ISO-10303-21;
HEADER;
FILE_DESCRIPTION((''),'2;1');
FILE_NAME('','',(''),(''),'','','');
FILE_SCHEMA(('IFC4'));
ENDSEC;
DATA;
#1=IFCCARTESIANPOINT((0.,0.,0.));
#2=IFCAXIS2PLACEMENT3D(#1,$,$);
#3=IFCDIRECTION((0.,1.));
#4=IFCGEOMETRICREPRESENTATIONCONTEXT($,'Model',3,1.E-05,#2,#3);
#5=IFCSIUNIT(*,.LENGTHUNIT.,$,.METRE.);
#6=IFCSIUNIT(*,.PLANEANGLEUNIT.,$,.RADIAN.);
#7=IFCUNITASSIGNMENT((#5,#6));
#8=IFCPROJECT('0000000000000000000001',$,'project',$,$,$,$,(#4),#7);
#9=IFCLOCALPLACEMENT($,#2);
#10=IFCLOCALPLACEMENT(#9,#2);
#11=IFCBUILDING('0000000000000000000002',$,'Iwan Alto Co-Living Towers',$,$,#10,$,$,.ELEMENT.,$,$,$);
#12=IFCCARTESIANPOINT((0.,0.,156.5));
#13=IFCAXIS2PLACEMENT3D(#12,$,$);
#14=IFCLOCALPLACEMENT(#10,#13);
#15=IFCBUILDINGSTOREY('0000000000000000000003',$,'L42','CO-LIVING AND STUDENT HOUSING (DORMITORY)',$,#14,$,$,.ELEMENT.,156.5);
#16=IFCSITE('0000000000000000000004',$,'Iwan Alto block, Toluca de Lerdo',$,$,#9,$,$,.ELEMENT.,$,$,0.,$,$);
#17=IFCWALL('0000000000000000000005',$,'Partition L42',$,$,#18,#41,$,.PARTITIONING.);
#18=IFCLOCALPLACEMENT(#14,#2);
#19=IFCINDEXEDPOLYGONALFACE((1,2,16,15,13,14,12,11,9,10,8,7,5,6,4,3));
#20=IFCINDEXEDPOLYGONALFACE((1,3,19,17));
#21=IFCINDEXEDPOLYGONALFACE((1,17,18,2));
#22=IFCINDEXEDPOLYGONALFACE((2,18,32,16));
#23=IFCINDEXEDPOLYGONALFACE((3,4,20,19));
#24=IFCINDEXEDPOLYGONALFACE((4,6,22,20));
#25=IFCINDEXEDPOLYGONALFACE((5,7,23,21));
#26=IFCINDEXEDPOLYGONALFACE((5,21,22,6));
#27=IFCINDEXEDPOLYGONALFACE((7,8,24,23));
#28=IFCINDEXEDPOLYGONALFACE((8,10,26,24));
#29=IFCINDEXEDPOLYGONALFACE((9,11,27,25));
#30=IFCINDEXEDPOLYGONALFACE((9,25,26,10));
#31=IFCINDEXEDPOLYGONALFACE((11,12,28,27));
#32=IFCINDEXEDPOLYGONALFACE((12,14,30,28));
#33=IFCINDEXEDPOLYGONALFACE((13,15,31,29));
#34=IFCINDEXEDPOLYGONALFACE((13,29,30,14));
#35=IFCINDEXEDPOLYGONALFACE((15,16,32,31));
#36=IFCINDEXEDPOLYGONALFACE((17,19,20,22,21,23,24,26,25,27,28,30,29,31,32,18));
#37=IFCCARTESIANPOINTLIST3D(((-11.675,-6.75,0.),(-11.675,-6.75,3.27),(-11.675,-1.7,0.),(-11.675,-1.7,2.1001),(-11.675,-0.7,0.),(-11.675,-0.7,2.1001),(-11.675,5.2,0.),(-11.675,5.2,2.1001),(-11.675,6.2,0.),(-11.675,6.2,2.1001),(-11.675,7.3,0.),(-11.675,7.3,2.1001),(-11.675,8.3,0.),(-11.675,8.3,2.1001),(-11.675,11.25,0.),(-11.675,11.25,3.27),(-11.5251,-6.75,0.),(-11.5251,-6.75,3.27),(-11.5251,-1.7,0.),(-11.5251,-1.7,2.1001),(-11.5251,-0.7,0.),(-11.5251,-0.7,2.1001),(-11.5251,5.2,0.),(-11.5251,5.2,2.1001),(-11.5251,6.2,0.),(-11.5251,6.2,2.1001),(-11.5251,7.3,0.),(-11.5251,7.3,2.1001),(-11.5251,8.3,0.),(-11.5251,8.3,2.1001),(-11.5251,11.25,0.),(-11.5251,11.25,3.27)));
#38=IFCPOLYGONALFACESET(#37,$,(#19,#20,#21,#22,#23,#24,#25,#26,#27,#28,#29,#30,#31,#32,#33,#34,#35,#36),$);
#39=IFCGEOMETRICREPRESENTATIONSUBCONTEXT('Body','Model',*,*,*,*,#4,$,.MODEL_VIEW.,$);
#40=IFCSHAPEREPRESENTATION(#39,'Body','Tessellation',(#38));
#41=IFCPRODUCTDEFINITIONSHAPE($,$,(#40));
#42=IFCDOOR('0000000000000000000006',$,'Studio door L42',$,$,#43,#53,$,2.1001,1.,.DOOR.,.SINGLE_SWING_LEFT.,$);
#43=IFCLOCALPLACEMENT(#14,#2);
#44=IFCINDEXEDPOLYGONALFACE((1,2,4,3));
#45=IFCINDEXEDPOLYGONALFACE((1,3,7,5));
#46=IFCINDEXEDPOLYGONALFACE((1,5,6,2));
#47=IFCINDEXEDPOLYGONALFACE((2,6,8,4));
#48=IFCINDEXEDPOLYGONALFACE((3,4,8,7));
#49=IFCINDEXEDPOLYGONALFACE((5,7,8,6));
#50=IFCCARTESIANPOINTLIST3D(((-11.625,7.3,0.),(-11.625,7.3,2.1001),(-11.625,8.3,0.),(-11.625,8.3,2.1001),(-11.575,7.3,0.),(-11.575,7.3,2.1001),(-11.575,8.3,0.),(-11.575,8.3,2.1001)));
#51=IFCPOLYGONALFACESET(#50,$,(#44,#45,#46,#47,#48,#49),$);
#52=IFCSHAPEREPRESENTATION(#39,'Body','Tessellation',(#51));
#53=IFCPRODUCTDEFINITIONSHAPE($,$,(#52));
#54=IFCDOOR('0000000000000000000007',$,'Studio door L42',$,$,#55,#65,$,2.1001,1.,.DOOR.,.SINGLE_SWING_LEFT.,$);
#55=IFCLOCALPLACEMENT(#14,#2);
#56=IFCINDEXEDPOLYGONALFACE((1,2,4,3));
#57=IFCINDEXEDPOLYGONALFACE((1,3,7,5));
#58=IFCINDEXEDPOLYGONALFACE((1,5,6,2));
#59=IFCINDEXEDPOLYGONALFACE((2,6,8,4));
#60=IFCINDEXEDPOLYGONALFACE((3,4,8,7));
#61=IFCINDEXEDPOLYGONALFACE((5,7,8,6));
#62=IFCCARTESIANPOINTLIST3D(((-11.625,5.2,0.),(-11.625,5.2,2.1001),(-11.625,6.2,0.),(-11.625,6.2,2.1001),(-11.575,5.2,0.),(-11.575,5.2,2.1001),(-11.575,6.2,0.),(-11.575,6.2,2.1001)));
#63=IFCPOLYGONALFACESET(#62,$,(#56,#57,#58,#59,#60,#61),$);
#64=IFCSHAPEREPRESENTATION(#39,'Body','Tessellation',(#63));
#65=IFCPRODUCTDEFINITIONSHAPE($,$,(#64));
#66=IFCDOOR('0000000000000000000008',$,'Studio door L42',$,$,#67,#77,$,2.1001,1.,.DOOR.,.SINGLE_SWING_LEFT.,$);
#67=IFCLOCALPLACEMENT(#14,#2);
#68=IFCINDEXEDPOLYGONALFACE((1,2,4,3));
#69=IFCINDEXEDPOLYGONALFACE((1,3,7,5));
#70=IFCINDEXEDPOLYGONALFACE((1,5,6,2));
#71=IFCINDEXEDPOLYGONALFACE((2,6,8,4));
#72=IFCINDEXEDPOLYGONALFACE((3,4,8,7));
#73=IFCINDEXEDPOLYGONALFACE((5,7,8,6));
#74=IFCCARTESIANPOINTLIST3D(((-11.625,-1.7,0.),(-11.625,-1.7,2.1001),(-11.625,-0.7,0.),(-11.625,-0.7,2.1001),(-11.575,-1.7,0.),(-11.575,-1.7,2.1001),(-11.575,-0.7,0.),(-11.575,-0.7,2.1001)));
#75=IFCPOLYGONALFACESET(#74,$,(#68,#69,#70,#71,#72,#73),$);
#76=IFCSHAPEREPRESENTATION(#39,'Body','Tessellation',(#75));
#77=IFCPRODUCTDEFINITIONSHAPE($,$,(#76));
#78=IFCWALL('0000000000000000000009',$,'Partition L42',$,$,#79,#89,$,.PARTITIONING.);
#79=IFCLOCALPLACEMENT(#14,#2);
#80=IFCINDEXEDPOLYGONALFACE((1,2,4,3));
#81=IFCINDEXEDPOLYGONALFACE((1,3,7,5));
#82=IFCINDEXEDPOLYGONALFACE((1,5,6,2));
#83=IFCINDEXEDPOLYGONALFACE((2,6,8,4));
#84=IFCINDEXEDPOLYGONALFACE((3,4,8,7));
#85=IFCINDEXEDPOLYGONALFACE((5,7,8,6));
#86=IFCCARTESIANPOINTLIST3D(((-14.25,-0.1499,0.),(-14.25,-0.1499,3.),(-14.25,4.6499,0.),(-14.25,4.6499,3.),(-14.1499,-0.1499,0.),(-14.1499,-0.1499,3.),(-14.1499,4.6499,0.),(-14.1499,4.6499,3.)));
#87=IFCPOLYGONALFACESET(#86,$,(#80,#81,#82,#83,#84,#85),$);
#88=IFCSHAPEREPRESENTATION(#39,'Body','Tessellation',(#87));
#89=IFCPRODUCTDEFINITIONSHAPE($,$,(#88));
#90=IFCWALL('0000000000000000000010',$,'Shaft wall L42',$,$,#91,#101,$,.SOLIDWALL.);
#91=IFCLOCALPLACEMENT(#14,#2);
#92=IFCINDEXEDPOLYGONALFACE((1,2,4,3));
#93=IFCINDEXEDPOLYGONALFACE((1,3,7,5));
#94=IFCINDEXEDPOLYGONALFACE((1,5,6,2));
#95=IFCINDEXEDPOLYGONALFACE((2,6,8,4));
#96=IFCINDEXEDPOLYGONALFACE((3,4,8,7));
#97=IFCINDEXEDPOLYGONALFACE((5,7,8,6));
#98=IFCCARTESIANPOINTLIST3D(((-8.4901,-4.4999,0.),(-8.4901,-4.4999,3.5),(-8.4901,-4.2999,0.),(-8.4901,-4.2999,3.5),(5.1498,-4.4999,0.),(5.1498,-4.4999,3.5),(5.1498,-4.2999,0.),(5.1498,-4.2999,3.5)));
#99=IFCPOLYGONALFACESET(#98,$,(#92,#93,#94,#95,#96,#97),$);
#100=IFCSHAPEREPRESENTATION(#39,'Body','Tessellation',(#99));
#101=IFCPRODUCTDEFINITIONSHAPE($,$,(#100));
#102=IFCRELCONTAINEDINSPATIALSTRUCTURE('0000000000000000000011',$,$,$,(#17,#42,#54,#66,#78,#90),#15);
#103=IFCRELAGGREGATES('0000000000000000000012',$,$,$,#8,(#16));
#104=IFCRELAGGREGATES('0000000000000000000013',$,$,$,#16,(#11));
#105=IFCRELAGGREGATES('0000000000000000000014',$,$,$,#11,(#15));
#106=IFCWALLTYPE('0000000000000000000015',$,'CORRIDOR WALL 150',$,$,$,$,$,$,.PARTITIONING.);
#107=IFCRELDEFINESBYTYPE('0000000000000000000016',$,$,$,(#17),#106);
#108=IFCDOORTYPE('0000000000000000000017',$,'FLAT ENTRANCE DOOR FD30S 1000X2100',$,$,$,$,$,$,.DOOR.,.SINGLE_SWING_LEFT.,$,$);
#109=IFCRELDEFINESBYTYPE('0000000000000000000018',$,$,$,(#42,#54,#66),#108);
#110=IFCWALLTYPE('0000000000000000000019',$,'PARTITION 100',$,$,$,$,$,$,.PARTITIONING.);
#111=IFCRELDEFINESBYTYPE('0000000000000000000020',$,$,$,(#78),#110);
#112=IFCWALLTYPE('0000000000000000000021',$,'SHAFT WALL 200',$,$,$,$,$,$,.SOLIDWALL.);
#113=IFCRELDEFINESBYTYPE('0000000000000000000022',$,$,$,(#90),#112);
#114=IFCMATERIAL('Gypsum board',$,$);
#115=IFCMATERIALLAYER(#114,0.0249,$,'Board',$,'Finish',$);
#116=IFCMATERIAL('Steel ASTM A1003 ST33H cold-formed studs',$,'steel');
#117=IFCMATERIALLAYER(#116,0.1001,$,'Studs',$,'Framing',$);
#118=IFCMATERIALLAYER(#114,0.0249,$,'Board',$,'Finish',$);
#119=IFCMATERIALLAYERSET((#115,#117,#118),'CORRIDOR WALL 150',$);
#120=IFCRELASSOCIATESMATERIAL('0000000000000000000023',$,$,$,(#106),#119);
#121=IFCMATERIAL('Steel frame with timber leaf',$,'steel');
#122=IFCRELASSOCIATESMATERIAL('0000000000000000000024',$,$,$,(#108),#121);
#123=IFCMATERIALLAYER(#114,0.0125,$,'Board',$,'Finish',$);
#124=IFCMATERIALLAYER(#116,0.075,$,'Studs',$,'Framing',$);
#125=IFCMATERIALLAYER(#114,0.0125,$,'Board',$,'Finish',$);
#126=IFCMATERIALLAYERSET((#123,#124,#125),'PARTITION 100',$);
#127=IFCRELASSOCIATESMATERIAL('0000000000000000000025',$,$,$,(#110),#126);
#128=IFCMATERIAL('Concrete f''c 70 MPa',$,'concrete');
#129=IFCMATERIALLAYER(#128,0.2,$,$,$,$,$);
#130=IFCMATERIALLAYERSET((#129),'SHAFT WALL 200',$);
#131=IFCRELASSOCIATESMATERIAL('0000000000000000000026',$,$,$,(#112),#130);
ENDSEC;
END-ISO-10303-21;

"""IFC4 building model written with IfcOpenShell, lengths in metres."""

from ifc_helpers import new_model, si_unit, direction, frame, frame_2d, origin, place, context, subcontext, project, spatial, rectangle, extrude, material, layer, layer_set, type_object, element, fill, save


model = new_model("IFC4")

# Units and contexts
model_context = context("Model", 3, precision=1e-05, world=origin(), true_north=direction((0.0, 1.0)))
body_context = subcontext(model_context, "Body", "Model", "MODEL_VIEW")
ifc_project = project(units=[si_unit("LENGTHUNIT", "METRE"), si_unit("PLANEANGLEUNIT", "RADIAN")], contexts=[model_context])

# Site, building, storey
site_placement = place(None, origin())
site = spatial("IfcSite", under=ifc_project, at=site_placement, Name="Iwan Alto block, Toluca de Lerdo", CompositionType="ELEMENT", RefElevation=0.0)
building_placement = place(site_placement, origin())
building = spatial("IfcBuilding", under=site, at=building_placement, Name="Iwan Alto Co-Living Towers", CompositionType="ELEMENT")
storey_placement = place(building_placement, frame((0.0, 0.0, 156.5)))
storey = spatial("IfcBuildingStorey", under=building, at=storey_placement, Name="L42", Description="CO-LIVING AND STUDENT HOUSING (DORMITORY)", CompositionType="ELEMENT", Elevation=156.5)

# Wall, openings, doors
ifc_material_1 = material(Name="Gypsum board")
ifc_layer_1 = layer(ifc_material_1, 0.0249, Name="Board", Category="Finish")
ifc_material_2 = material(Name="Steel ASTM A1003 ST33H cold-formed studs", Category="steel")
ifc_layer_2 = layer(ifc_material_2, 0.1001, Name="Studs", Category="Framing")
ifc_layer_3 = layer(ifc_material_1, 0.0249, Name="Board", Category="Finish")
ifc_layer_set_1 = layer_set([ifc_layer_1, ifc_layer_2, ifc_layer_3], Name="CORRIDOR WALL 150")
wall_type_1 = type_object("IfcWallType", Name="CORRIDOR WALL 150", PredefinedType="PARTITIONING", material=ifc_layer_set_1)
wall_1_placement = place(storey_placement, frame((-11.6001, -6.75, 0.0), z_axis=(0.0, 0.0, 1.0), x_axis=(0.0, 1.0, 0.0)))
wall_1 = element("IfcWall", 1, at=wall_1_placement, inside=storey, type_object=wall_type_1, Name="Partition L42", PredefinedType="PARTITIONING", context=body_context, shape_type="SweptSolid", body=[
    extrude(rectangle(XDim=18.0, YDim=0.1499, at=frame_2d((9.0, 0.0))), origin(), (0.0, 0.0, 1.0), 3.27),
])
opening_1_placement = place(wall_1_placement, frame((14.05, 0.0, 0.0)))
opening_1 = element("IfcOpeningElement", 2, at=opening_1_placement, cuts=wall_1, PredefinedType="OPENING", context=body_context, shape_type="SweptSolid", body=[
    extrude(rectangle(XDim=1.0, YDim=2.1001, at=frame_2d((0.5, 1.05))), frame((0.0, 0.085, 0.0), z_axis=(0.0, -1.0, 0.0), x_axis=(1.0, 0.0, 0.0)), (0.0, 0.0, 1.0), 0.1699),
])
opening_2_placement = place(wall_1_placement, frame((11.95, 0.0, 0.0)))
opening_2 = element("IfcOpeningElement", 3, at=opening_2_placement, cuts=wall_1, PredefinedType="OPENING", context=body_context, shape_type="SweptSolid", body=[
    extrude(rectangle(XDim=1.0, YDim=2.1001, at=frame_2d((0.5, 1.05))), frame((0.0, 0.085, 0.0), z_axis=(0.0, -1.0, 0.0), x_axis=(1.0, 0.0, 0.0)), (0.0, 0.0, 1.0), 0.1699),
])
opening_3_placement = place(wall_1_placement, frame((5.05, 0.0, 0.0)))
opening_3 = element("IfcOpeningElement", 4, at=opening_3_placement, cuts=wall_1, PredefinedType="OPENING", context=body_context, shape_type="SweptSolid", body=[
    extrude(rectangle(XDim=1.0, YDim=2.1001, at=frame_2d((0.5, 1.05))), frame((0.0, 0.085, 0.0), z_axis=(0.0, -1.0, 0.0), x_axis=(1.0, 0.0, 0.0)), (0.0, 0.0, 1.0), 0.1699),
])
ifc_material_3 = material(Name="Steel frame with timber leaf", Category="steel")
door_type_1 = type_object("IfcDoorType", Name="FLAT ENTRANCE DOOR FD30S 1000X2100", OperationType="SINGLE_SWING_LEFT", PredefinedType="DOOR", material=ifc_material_3)
door_1_placement = place(opening_1_placement, origin())
door_1 = element("IfcDoor", 5, at=door_1_placement, inside=storey, type_object=door_type_1, Name="Studio door L42", OperationType="SINGLE_SWING_LEFT", OverallHeight=2.1001, OverallWidth=1.0, PredefinedType="DOOR", context=body_context, shape_type="SweptSolid", body=[
    extrude(rectangle(XDim=1.0, YDim=2.1001, at=frame_2d((0.5, 1.05))), frame((0.0, 0.0249, 0.0), z_axis=(0.0, -1.0, 0.0), x_axis=(1.0, 0.0, 0.0)), (0.0, 0.0, 1.0), 0.05),
])
fill(opening_1, door_1)
door_2_placement = place(opening_2_placement, origin())
door_2 = element("IfcDoor", 6, at=door_2_placement, inside=storey, type_object=door_type_1, Name="Studio door L42", OperationType="SINGLE_SWING_LEFT", OverallHeight=2.1001, OverallWidth=1.0, PredefinedType="DOOR", context=body_context, shape_type="SweptSolid", body=[
    extrude(rectangle(XDim=1.0, YDim=2.1001, at=frame_2d((0.5, 1.05))), frame((0.0, 0.0249, 0.0), z_axis=(0.0, -1.0, 0.0), x_axis=(1.0, 0.0, 0.0)), (0.0, 0.0, 1.0), 0.05),
])
fill(opening_2, door_2)
door_3_placement = place(opening_3_placement, origin())
door_3 = element("IfcDoor", 7, at=door_3_placement, inside=storey, type_object=door_type_1, Name="Studio door L42", OperationType="SINGLE_SWING_LEFT", OverallHeight=2.1001, OverallWidth=1.0, PredefinedType="DOOR", context=body_context, shape_type="SweptSolid", body=[
    extrude(rectangle(XDim=1.0, YDim=2.1001, at=frame_2d((0.5, 1.05))), frame((0.0, 0.0249, 0.0), z_axis=(0.0, -1.0, 0.0), x_axis=(1.0, 0.0, 0.0)), (0.0, 0.0, 1.0), 0.05),
])
fill(opening_3, door_3)

# Walls
ifc_layer_4 = layer(ifc_material_1, 0.0125, Name="Board", Category="Finish")
ifc_layer_5 = layer(ifc_material_2, 0.075, Name="Studs", Category="Framing")
ifc_layer_6 = layer(ifc_material_1, 0.0125, Name="Board", Category="Finish")
ifc_layer_set_2 = layer_set([ifc_layer_4, ifc_layer_5, ifc_layer_6], Name="PARTITION 100")
wall_type_2 = type_object("IfcWallType", Name="PARTITION 100", PredefinedType="PARTITIONING", material=ifc_layer_set_2)
wall_2_placement = place(storey_placement, frame((-14.2, -0.1499, 0.0), z_axis=(0.0, 0.0, 1.0), x_axis=(0.0, 1.0, 0.0)))
element("IfcWall", 8, at=wall_2_placement, inside=storey, type_object=wall_type_2, Name="Partition L42", PredefinedType="PARTITIONING", context=body_context, shape_type="SweptSolid", body=[
    extrude(rectangle(XDim=4.7998, YDim=0.1001, at=frame_2d((2.3999, 0.0))), origin(), (0.0, 0.0, 1.0), 3.0),
])
ifc_material_4 = material(Name="Concrete f'c 70 MPa", Category="concrete")
ifc_layer_7 = layer(ifc_material_4, 0.2)
ifc_layer_set_3 = layer_set([ifc_layer_7], Name="SHAFT WALL 200")
wall_type_3 = type_object("IfcWallType", Name="SHAFT WALL 200", PredefinedType="SOLIDWALL", material=ifc_layer_set_3)
wall_3_placement = place(storey_placement, frame((-8.49, -4.3999, 0.0), z_axis=(0.0, 0.0, 1.0), x_axis=(1.0, 0.0, 0.0)))
element("IfcWall", 9, at=wall_3_placement, inside=storey, type_object=wall_type_3, Name="Shaft wall L42", PredefinedType="SOLIDWALL", context=body_context, shape_type="SweptSolid", body=[
    extrude(rectangle(XDim=13.6399, YDim=0.2, at=frame_2d((6.8198, 0.0))), origin(), (0.0, 0.0, 1.0), 3.5),
])

save(model, "model.ifc")
